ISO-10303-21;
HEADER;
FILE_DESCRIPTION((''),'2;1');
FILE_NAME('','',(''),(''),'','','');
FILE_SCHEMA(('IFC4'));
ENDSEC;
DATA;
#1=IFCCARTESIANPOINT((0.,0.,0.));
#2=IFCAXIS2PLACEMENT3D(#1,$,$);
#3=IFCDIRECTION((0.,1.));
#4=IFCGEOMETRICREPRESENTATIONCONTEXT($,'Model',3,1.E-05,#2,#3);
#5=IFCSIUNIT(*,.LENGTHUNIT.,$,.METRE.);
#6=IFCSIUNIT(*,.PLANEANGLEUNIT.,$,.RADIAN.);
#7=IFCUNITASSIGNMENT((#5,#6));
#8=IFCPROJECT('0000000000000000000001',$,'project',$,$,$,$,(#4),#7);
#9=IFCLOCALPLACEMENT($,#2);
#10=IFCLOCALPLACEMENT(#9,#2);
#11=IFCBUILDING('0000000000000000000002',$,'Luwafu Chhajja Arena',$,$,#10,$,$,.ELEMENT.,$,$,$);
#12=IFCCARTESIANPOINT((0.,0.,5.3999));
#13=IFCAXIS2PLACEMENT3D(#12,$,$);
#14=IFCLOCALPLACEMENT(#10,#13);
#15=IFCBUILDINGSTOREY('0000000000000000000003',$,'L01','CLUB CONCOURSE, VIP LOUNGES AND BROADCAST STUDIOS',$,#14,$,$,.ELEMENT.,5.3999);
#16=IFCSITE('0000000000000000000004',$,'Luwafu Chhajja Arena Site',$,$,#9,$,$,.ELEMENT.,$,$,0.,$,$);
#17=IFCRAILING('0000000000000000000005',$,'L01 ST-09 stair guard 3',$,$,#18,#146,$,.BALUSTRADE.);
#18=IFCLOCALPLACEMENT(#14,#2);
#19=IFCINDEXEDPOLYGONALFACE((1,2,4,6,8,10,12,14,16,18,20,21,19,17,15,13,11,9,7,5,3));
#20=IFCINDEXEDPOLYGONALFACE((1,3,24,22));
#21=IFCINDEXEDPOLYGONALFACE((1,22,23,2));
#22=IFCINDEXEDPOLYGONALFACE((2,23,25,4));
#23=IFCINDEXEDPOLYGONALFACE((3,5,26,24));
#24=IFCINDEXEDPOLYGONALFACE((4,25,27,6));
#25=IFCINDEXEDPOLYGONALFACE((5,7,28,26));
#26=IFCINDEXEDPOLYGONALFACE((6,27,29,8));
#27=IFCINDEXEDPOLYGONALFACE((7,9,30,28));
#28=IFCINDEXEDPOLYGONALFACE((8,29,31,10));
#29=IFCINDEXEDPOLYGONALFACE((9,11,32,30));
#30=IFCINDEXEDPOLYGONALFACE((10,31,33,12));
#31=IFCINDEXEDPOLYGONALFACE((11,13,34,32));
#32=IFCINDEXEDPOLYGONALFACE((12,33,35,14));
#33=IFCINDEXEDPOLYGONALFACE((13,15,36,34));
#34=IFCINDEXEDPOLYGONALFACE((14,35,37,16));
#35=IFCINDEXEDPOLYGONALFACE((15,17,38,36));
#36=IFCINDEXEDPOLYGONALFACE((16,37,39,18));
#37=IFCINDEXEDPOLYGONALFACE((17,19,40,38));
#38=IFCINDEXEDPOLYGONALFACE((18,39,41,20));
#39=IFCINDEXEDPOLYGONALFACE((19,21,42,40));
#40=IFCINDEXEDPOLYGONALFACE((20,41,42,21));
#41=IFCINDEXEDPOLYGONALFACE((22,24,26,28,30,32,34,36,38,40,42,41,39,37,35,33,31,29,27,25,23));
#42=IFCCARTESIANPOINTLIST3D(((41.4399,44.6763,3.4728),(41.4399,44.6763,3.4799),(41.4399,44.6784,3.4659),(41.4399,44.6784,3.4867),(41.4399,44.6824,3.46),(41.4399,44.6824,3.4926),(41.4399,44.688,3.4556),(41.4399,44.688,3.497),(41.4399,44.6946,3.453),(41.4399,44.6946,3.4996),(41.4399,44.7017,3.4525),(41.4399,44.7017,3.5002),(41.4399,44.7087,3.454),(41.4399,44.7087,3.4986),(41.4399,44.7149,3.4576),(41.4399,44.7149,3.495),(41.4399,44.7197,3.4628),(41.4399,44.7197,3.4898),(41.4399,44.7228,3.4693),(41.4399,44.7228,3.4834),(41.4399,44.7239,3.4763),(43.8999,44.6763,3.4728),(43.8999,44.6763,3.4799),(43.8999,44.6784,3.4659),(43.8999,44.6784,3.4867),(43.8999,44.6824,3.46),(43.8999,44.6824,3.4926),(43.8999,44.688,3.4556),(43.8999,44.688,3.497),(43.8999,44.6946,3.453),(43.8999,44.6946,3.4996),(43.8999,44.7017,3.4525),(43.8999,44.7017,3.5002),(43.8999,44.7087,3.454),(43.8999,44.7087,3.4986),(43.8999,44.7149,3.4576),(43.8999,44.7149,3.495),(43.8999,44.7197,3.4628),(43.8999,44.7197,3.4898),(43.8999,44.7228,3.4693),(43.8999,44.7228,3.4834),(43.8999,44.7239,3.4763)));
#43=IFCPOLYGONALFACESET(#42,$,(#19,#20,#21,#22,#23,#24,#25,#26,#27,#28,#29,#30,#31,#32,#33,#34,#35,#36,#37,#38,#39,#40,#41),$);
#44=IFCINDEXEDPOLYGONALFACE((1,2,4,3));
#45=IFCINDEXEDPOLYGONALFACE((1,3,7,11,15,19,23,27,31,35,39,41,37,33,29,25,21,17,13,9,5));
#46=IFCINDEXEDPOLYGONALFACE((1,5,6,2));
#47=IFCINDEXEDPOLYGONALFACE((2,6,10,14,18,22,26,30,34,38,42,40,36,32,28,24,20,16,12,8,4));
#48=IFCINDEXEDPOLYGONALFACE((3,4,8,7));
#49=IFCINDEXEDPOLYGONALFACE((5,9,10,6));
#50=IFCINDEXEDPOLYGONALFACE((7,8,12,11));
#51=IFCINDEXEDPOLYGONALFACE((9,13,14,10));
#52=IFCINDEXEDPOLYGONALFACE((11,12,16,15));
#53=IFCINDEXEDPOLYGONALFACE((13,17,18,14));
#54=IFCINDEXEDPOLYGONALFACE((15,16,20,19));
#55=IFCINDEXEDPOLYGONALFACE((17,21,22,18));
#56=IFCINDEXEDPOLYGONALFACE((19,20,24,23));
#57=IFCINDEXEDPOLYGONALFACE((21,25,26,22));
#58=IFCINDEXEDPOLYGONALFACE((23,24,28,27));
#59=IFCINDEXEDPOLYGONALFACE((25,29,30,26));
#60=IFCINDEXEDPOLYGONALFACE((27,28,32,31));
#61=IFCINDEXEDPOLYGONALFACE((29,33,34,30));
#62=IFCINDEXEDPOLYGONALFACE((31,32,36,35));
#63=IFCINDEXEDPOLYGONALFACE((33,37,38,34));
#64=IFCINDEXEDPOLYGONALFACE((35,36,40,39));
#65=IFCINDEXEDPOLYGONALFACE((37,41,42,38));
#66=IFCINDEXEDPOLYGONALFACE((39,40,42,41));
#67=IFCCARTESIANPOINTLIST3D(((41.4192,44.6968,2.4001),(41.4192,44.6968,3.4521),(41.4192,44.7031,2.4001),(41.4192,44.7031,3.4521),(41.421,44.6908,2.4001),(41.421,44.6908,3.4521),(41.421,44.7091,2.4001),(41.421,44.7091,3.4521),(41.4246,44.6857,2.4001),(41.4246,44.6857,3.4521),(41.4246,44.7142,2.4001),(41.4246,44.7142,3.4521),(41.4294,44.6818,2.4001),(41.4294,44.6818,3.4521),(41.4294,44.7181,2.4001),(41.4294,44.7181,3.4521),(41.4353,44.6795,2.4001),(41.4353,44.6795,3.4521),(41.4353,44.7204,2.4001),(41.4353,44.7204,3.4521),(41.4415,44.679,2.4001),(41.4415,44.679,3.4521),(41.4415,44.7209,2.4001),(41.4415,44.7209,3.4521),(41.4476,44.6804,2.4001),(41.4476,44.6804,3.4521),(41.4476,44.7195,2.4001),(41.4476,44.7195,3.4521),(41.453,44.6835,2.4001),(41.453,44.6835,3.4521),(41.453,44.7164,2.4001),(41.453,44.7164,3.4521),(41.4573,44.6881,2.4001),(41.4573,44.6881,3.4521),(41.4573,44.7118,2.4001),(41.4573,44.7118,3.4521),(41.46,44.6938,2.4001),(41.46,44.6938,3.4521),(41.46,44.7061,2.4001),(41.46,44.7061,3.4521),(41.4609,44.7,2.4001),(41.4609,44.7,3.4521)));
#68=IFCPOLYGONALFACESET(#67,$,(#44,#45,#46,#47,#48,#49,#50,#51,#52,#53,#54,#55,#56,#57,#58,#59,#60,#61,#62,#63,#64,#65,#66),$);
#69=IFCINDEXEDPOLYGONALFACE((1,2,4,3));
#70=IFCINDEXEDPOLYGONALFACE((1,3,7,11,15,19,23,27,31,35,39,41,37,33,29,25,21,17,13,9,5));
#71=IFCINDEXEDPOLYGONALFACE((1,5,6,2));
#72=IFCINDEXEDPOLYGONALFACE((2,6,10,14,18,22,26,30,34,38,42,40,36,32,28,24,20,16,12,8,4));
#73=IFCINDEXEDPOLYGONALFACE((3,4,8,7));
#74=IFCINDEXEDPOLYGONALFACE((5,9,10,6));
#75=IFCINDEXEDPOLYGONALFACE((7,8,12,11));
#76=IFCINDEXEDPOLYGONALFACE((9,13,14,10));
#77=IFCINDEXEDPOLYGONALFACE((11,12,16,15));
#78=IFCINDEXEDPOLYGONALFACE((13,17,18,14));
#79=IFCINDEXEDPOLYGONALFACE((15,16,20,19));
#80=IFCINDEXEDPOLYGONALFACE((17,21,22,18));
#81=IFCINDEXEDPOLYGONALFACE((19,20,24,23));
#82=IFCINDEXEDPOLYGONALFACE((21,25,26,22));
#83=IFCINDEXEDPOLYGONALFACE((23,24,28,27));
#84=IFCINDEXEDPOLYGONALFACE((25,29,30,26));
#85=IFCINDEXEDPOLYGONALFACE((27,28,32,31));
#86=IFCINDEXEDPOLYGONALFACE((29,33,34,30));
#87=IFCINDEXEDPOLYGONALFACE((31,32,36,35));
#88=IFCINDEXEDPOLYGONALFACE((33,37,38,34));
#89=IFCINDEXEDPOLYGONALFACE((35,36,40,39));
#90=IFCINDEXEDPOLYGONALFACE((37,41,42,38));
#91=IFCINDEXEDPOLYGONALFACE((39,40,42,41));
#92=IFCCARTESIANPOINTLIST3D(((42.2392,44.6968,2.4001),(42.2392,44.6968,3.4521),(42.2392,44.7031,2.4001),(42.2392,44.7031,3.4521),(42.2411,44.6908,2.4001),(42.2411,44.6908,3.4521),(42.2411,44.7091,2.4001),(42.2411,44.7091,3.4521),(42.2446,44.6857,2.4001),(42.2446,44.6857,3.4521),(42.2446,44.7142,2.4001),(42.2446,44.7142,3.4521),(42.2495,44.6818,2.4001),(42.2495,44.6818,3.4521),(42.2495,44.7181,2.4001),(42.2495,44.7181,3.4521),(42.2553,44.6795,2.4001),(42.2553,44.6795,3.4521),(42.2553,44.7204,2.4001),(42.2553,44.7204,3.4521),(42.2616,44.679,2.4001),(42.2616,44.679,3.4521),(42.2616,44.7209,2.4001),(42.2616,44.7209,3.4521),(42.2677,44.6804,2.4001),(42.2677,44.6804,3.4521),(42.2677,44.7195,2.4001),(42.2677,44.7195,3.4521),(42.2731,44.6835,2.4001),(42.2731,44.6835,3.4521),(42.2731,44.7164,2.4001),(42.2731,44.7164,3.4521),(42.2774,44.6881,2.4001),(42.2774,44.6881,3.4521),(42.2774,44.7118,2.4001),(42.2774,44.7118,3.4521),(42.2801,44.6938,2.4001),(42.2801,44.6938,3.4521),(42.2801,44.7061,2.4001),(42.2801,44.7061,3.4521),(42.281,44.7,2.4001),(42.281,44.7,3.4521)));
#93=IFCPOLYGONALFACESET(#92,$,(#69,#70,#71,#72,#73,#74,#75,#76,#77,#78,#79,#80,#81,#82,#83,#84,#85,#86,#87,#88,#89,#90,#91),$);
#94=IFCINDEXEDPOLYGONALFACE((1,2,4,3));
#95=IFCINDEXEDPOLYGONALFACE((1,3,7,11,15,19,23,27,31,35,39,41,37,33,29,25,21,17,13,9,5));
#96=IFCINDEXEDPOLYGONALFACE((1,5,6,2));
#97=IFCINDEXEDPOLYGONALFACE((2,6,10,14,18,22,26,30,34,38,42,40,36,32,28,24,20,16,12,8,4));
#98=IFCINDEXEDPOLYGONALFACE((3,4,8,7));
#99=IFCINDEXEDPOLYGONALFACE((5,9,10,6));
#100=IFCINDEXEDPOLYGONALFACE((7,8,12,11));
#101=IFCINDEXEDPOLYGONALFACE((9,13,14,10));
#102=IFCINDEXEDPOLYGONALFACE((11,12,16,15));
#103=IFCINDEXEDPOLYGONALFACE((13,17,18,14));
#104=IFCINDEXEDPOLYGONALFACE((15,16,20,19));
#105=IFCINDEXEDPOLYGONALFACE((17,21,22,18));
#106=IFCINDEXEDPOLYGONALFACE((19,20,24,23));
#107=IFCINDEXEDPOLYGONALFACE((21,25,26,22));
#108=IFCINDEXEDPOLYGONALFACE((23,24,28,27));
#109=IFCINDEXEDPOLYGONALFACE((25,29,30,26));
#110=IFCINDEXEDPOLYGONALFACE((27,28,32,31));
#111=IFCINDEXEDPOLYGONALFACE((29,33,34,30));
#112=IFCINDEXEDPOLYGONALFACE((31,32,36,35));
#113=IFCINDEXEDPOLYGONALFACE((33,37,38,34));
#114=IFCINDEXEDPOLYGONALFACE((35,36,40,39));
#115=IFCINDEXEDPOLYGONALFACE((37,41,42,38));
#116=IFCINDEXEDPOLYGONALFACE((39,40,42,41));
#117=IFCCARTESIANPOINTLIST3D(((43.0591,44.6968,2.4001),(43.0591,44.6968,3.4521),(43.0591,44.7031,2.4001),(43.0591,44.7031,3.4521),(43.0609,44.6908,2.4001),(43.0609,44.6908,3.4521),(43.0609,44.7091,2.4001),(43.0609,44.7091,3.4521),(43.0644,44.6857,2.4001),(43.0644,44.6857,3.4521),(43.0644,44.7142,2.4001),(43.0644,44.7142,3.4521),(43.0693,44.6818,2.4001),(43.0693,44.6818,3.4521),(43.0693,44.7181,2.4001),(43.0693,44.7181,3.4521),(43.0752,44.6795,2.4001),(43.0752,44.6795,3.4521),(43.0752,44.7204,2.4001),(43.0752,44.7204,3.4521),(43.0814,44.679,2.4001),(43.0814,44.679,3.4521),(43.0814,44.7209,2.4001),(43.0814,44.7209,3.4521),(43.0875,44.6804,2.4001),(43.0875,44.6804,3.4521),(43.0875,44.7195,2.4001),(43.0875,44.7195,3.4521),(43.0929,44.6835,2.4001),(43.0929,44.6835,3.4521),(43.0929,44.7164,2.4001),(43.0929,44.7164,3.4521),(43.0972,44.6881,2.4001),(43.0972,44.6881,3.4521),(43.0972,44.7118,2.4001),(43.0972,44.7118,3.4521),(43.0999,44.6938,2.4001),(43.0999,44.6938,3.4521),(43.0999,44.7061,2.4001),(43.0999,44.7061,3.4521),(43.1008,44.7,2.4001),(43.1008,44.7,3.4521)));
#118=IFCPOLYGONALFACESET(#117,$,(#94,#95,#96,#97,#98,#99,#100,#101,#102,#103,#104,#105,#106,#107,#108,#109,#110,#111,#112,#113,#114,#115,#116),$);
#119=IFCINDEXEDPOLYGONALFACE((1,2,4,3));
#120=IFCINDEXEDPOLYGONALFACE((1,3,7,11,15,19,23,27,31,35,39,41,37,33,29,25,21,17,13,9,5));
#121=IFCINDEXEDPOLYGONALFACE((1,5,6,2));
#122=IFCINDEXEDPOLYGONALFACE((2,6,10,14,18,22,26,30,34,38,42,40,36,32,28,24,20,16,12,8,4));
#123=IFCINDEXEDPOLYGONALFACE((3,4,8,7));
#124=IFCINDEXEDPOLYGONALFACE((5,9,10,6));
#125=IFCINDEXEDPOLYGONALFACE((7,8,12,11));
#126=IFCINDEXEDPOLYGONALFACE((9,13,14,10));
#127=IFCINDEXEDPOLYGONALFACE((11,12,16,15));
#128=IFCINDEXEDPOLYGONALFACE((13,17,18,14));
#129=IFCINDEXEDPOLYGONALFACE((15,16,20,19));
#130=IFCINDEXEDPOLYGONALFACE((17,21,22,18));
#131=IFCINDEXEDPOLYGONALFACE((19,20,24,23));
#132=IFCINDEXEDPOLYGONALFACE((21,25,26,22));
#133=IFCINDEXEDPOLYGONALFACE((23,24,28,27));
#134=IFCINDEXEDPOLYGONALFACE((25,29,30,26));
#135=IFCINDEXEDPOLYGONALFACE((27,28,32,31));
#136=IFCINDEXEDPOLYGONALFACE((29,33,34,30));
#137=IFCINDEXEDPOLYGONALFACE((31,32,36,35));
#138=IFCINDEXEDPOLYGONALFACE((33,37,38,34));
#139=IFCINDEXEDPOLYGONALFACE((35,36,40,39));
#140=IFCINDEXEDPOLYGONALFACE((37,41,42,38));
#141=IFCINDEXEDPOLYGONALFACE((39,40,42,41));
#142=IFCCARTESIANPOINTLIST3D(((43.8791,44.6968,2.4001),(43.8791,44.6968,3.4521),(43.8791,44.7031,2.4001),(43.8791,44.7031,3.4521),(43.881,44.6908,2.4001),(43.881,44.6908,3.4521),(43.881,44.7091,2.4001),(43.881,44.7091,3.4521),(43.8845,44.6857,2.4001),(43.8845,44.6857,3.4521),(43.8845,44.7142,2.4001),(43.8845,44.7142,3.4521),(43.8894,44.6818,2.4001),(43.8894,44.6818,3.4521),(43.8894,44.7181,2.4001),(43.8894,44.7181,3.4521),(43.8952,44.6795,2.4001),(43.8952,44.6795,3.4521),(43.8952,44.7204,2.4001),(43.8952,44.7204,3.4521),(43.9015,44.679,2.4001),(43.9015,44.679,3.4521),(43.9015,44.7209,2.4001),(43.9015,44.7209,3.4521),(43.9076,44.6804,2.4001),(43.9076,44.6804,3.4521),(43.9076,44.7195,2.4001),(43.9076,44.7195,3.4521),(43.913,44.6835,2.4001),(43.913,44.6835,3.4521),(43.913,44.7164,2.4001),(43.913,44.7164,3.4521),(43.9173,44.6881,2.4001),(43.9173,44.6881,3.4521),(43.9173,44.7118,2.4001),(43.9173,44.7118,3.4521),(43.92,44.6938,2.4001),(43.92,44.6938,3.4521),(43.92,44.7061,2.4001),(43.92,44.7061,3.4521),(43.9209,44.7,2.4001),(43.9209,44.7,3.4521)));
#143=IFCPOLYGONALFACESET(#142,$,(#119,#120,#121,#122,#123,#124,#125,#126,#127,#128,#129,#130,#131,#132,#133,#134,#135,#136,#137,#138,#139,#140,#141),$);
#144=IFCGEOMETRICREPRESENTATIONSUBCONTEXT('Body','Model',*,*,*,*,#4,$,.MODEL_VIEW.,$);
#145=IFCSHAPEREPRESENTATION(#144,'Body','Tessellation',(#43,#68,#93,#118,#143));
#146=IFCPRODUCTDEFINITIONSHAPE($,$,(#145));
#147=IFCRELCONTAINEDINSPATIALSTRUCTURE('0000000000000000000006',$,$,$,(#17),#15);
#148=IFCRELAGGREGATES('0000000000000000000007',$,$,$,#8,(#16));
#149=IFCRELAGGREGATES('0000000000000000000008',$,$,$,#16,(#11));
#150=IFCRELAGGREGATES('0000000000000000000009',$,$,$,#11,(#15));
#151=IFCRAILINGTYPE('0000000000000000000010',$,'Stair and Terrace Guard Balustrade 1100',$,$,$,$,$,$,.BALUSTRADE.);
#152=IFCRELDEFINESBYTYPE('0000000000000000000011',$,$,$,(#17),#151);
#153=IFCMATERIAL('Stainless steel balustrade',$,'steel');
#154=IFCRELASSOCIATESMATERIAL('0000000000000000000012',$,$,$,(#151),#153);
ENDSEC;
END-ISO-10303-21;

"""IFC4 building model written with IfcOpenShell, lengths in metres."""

from ifc_helpers import new_model, si_unit, direction, frame, origin, origin_2d, place, context, subcontext, project, spatial, circle, extrude, material, type_object, element, save


model = new_model("IFC4")

# Units and contexts
model_context = context("Model", 3, precision=1e-05, world=origin(), true_north=direction((0.0, 1.0)))
body_context = subcontext(model_context, "Body", "Model", "MODEL_VIEW")
ifc_project = project(units=[si_unit("LENGTHUNIT", "METRE"), si_unit("PLANEANGLEUNIT", "RADIAN")], contexts=[model_context])

# Site, building, storey
site_placement = place(None, origin())
site = spatial("IfcSite", under=ifc_project, at=site_placement, Name="Luwafu Chhajja Arena Site", CompositionType="ELEMENT", RefElevation=0.0)
building_placement = place(site_placement, origin())
building = spatial("IfcBuilding", under=site, at=building_placement, Name="Luwafu Chhajja Arena", CompositionType="ELEMENT")
storey_placement = place(building_placement, frame((0.0, 0.0, 5.3999)))
storey = spatial("IfcBuildingStorey", under=building, at=storey_placement, Name="L01", Description="CLUB CONCOURSE, VIP LOUNGES AND BROADCAST STUDIOS", CompositionType="ELEMENT", Elevation=5.3999)

# Railing
ifc_material_1 = material(Name="Stainless steel balustrade", Category="steel")
railing_type_1 = type_object("IfcRailingType", Name="Stair and Terrace Guard Balustrade 1100", PredefinedType="BALUSTRADE", material=ifc_material_1)
railing_1_placement = place(storey_placement, frame((41.4399, 44.7, 2.4001)))
element("IfcRailing", 1, at=railing_1_placement, inside=storey, type_object=railing_type_1, Name="L01 ST-09 stair guard 3", PredefinedType="BALUSTRADE", context=body_context, shape_type="SweptSolid", body=[
    extrude(circle(Radius=0.0239, at=origin_2d()), frame((0.0, 0.0, 1.0762), z_axis=(1.0, 0.0, 0.0), x_axis=(0.0, 1.0, 0.0)), (0.0, 0.0, 1.0), 2.46),
    extrude(circle(Radius=0.021, at=origin_2d()), origin(), (0.0, 0.0, 1.0), 1.052),
    extrude(circle(Radius=0.021, at=origin_2d()), frame((0.8201, 0.0, 0.0)), (0.0, 0.0, 1.0), 1.052),
    extrude(circle(Radius=0.021, at=origin_2d()), frame((1.6399, 0.0, 0.0)), (0.0, 0.0, 1.0), 1.052),
    extrude(circle(Radius=0.021, at=origin_2d()), frame((2.46, 0.0, 0.0)), (0.0, 0.0, 1.0), 1.052),
])

save(model, "model.ifc")
